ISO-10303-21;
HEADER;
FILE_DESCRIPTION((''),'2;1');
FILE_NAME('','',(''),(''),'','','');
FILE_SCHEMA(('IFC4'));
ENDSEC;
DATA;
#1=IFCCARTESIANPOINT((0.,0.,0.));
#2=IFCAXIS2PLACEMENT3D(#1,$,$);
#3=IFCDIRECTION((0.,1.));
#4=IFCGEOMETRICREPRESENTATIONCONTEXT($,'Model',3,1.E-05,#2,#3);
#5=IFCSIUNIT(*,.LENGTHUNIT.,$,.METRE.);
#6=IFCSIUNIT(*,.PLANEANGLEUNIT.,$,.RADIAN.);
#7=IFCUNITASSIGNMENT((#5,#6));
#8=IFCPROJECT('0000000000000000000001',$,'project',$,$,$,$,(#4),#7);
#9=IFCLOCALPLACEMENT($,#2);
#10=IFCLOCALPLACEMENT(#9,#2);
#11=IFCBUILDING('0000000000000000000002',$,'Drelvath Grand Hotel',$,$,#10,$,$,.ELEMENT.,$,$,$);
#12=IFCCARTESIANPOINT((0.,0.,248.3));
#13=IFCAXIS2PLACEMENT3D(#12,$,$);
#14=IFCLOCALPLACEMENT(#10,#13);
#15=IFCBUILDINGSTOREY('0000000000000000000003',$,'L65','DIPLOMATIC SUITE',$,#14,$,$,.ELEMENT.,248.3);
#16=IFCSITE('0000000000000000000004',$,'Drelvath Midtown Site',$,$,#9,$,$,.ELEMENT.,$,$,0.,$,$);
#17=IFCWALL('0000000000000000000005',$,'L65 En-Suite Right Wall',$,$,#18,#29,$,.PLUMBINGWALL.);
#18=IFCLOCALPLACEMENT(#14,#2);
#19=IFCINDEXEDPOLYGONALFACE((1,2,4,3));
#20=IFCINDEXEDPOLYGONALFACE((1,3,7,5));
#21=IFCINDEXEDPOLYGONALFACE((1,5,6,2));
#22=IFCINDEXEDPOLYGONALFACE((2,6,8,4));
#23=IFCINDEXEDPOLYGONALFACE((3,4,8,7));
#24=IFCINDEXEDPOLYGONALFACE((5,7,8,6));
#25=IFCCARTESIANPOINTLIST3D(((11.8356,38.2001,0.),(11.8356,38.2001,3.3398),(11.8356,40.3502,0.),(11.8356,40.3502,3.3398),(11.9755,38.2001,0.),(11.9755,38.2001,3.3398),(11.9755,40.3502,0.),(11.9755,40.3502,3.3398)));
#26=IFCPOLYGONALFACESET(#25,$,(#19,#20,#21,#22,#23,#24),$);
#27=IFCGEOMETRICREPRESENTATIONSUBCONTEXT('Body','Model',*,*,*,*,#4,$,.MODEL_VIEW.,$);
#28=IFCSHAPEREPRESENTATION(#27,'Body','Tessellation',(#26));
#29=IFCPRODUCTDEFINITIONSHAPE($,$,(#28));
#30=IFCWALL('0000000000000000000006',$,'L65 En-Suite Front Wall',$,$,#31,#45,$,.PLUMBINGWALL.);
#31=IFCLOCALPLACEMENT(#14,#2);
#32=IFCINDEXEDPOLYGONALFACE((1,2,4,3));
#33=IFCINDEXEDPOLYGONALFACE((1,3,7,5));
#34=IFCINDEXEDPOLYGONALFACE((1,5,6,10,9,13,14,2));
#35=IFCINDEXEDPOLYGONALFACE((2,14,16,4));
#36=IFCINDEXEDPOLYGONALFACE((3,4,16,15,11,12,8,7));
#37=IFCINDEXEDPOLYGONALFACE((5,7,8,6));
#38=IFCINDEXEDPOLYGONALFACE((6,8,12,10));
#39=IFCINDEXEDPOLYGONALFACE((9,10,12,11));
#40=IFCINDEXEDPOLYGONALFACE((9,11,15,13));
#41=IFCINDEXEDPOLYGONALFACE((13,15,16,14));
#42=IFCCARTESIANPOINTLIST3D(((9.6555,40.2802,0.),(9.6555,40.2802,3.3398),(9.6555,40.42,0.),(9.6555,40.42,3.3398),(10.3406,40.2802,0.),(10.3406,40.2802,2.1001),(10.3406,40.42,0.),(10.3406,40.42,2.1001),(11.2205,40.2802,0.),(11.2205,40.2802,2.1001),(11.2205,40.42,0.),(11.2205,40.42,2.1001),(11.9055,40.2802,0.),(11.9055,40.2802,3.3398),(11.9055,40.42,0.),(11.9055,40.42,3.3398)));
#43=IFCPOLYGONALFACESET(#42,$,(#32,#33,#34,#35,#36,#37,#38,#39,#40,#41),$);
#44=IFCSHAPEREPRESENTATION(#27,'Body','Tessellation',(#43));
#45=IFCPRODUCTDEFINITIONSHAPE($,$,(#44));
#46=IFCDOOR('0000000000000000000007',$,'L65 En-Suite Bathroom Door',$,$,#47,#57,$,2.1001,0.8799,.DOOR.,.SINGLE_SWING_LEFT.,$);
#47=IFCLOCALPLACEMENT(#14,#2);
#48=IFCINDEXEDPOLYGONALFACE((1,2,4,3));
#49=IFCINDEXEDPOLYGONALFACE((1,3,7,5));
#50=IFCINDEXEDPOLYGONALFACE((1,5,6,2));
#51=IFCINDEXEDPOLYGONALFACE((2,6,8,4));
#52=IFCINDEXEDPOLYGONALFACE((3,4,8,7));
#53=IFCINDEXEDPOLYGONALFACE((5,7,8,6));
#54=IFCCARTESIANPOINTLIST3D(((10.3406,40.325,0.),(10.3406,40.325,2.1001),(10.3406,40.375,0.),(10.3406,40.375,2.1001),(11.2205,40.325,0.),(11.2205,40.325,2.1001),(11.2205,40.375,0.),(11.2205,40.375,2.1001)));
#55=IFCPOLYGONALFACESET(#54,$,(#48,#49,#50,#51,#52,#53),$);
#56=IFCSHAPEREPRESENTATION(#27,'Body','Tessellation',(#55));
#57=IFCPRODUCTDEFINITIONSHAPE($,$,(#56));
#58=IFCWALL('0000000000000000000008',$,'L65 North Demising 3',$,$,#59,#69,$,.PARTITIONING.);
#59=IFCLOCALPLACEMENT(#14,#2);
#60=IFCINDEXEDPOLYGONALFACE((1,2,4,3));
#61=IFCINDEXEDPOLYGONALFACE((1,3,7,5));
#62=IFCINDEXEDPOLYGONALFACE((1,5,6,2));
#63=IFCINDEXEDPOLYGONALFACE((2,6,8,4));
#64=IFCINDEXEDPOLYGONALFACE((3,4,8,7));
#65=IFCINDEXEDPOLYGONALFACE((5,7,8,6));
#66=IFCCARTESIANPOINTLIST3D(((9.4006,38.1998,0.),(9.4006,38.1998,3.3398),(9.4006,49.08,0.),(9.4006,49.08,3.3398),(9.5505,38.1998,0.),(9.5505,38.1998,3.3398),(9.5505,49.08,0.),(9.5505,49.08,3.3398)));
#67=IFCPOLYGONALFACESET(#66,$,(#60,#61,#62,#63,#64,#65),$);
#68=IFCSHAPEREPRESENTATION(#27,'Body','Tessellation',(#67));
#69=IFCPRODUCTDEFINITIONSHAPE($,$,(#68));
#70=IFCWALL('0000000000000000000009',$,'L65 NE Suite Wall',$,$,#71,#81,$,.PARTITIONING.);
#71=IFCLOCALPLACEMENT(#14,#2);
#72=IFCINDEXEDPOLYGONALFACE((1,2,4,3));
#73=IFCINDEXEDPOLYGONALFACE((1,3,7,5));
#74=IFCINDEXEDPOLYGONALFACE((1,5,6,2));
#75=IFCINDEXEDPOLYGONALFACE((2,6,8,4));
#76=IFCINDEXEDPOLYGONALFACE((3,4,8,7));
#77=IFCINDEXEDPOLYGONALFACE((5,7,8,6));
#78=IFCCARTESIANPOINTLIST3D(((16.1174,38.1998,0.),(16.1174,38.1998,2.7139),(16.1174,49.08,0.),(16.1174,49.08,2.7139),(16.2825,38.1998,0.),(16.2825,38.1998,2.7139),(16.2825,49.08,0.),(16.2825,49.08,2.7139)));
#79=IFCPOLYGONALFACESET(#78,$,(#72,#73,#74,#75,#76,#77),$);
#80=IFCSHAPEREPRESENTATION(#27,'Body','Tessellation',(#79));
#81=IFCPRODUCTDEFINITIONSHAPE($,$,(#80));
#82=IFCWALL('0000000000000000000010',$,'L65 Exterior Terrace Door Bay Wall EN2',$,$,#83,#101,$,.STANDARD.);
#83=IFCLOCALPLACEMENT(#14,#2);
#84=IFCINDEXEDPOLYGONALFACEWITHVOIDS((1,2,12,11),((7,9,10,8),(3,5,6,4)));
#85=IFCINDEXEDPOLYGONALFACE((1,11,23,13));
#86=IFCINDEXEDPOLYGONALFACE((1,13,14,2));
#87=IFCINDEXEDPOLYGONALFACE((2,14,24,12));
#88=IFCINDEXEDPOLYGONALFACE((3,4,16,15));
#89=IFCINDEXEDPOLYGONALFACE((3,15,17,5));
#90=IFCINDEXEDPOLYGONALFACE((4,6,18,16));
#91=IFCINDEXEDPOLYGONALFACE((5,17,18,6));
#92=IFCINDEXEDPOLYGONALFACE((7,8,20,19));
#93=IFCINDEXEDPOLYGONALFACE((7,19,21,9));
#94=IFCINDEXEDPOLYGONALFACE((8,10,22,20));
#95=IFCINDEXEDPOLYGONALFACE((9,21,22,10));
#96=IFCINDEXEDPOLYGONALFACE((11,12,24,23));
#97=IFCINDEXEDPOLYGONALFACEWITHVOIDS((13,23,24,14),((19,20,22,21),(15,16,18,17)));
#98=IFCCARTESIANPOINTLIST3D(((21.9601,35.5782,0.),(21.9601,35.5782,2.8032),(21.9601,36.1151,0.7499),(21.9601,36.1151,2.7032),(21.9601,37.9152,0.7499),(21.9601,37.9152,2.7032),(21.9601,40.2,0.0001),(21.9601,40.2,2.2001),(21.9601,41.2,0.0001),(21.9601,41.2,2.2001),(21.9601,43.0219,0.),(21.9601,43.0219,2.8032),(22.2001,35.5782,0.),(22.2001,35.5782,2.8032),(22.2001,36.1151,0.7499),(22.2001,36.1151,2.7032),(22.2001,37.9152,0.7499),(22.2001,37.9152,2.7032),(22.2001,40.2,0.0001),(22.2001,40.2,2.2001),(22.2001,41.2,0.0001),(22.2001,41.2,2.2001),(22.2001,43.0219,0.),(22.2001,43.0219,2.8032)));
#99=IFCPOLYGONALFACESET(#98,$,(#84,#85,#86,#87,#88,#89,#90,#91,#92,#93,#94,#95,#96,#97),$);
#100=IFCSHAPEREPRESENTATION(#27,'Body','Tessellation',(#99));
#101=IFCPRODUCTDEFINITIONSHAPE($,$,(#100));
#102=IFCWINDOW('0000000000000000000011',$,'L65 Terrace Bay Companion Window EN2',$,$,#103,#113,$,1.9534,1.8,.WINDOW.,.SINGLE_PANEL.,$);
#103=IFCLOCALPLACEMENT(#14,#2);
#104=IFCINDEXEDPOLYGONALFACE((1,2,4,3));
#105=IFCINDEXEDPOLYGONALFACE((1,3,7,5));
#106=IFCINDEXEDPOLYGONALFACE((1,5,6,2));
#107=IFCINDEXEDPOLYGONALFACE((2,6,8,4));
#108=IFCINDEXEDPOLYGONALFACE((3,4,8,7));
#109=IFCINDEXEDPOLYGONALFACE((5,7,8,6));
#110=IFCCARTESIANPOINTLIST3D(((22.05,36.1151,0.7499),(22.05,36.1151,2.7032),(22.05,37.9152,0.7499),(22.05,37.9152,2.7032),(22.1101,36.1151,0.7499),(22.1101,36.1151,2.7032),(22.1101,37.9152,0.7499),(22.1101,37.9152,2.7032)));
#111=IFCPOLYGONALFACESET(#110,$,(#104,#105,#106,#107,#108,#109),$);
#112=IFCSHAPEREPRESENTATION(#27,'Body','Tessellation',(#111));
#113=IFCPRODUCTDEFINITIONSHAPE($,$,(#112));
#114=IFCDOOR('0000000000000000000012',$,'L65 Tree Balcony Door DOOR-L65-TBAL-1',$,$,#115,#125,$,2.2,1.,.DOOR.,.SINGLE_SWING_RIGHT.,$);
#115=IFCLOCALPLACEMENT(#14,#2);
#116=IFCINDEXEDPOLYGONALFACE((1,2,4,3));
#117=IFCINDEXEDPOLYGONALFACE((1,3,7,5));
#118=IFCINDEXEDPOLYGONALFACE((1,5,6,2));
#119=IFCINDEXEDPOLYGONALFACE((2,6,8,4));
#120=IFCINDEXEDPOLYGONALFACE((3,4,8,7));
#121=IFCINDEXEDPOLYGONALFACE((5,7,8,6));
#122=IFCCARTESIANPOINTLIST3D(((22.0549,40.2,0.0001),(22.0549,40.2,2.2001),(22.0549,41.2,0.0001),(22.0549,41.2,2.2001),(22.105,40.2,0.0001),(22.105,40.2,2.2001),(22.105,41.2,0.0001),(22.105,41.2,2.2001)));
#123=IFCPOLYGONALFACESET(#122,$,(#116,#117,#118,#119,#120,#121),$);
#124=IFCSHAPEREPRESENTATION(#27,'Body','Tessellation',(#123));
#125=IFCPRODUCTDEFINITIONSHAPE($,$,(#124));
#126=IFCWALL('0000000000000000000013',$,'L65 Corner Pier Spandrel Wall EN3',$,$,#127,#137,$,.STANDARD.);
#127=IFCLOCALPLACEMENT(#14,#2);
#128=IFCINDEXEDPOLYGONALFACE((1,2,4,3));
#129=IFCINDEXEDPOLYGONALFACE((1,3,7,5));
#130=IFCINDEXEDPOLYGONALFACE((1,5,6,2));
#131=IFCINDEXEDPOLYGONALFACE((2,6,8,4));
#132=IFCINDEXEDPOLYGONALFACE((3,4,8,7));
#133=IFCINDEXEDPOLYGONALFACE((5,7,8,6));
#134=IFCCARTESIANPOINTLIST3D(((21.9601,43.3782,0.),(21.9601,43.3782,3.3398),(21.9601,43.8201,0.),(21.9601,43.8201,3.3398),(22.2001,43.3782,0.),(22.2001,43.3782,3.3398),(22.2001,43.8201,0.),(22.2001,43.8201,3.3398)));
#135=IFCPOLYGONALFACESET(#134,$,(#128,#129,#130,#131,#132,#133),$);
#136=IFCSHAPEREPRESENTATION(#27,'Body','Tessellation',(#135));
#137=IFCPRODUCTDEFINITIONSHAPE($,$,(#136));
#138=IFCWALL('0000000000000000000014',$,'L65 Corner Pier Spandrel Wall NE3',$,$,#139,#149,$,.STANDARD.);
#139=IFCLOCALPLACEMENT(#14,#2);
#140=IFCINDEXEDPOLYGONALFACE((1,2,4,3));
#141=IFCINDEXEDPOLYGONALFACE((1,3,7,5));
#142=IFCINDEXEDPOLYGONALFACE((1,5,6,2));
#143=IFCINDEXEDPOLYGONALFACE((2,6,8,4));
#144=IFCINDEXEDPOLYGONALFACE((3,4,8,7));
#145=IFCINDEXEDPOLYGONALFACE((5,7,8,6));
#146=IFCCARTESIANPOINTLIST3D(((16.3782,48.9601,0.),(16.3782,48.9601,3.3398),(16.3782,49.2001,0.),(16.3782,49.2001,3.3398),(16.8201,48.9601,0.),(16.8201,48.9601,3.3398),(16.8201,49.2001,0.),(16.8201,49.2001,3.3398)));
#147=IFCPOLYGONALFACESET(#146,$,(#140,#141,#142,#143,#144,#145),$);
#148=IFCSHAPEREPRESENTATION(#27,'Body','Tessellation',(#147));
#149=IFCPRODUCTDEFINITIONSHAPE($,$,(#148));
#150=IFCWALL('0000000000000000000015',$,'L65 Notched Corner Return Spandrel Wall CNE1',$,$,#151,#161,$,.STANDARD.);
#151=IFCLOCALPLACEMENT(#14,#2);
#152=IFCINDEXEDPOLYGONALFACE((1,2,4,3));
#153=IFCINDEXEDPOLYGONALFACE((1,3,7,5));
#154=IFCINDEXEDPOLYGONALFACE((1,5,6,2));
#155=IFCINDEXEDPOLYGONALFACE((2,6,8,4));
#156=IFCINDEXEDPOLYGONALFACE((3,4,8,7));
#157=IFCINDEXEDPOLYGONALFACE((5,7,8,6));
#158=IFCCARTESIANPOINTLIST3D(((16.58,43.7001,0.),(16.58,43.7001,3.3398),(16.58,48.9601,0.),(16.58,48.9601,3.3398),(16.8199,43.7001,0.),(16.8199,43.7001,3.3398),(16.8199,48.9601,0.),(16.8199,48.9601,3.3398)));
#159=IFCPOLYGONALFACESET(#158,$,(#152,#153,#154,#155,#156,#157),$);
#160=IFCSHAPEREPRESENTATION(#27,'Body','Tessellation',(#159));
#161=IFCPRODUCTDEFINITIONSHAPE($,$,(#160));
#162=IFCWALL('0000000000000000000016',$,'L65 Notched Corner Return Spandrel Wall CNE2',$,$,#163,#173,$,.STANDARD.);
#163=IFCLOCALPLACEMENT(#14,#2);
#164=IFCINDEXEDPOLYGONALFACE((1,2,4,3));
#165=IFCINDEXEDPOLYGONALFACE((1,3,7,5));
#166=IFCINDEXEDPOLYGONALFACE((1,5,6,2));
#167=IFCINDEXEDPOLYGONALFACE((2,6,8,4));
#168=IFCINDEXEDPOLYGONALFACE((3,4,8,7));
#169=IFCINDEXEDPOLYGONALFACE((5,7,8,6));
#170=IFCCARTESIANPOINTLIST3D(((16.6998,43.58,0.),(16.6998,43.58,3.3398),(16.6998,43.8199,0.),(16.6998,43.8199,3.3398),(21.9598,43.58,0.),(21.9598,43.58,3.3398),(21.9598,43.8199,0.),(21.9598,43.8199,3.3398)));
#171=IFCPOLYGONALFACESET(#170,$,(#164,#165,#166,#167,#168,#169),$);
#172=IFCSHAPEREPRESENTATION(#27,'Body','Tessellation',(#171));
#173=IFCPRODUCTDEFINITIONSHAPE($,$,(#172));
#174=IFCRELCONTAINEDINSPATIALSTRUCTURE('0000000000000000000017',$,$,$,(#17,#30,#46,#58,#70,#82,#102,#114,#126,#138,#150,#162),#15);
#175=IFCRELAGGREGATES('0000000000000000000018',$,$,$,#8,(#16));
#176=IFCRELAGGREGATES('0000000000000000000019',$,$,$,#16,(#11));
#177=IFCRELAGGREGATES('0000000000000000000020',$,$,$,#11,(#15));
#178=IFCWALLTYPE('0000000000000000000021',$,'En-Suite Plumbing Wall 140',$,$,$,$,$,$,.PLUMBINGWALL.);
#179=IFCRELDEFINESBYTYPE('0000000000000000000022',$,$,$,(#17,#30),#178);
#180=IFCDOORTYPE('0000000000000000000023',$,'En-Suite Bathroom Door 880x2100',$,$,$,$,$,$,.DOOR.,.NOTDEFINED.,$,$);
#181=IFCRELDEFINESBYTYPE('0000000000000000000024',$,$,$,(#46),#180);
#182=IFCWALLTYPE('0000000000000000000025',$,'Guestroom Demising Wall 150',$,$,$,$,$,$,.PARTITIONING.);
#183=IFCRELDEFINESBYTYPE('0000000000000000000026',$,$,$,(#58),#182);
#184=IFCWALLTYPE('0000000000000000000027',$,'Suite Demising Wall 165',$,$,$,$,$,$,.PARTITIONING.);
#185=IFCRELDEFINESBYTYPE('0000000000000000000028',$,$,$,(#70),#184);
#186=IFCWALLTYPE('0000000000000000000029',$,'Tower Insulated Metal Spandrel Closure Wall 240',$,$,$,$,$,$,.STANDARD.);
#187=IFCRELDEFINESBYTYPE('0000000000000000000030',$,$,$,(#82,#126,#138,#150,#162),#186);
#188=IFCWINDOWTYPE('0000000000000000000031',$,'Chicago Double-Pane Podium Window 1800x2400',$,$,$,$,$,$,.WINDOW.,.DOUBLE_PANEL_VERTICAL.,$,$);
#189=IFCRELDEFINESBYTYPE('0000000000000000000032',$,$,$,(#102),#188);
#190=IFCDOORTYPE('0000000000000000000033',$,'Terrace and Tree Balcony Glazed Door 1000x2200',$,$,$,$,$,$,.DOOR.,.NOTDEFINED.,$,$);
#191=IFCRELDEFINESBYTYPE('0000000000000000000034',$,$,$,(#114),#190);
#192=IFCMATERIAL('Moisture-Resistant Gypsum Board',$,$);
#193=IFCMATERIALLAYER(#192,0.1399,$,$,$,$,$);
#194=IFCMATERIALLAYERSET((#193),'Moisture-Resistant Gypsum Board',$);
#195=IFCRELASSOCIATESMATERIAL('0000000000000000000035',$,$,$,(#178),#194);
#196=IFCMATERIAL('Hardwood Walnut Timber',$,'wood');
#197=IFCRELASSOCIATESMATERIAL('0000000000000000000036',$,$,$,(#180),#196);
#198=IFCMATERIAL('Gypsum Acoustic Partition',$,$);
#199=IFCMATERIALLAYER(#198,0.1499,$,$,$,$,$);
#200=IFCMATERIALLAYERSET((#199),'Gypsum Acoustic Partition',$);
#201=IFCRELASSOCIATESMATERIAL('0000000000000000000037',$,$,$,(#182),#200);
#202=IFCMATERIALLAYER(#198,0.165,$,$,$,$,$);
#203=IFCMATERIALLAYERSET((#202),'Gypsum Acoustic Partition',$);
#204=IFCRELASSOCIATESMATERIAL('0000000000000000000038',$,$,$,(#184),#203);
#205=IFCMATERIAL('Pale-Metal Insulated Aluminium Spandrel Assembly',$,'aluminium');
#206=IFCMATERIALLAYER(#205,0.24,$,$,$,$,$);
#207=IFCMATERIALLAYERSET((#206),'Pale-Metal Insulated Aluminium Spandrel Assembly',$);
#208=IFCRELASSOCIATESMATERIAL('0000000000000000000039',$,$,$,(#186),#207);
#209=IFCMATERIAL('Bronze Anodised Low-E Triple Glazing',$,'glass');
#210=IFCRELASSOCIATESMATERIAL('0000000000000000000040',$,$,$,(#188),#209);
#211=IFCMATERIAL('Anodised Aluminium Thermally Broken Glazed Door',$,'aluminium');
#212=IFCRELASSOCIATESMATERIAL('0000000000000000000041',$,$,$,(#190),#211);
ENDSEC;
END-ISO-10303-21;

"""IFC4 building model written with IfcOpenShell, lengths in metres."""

from ifc_helpers import new_model, si_unit, direction, frame, frame_2d, origin, place, context, subcontext, project, spatial, rectangle, extrude, material, layer, layer_set, type_object, element, fill, save


model = new_model("IFC4")

# Units and contexts
model_context = context("Model", 3, precision=1e-05, world=origin(), true_north=direction((0.0, 1.0)))
body_context = subcontext(model_context, "Body", "Model", "MODEL_VIEW")
ifc_project = project(units=[si_unit("LENGTHUNIT", "METRE"), si_unit("PLANEANGLEUNIT", "RADIAN")], contexts=[model_context])

# Site, building, storey
site_placement = place(None, origin())
site = spatial("IfcSite", under=ifc_project, at=site_placement, Name="Drelvath Midtown Site", CompositionType="ELEMENT", RefElevation=0.0)
building_placement = place(site_placement, origin())
building = spatial("IfcBuilding", under=site, at=building_placement, Name="Drelvath Grand Hotel", CompositionType="ELEMENT")
storey_placement = place(building_placement, frame((0.0, 0.0, 248.3)))
storey = spatial("IfcBuildingStorey", under=building, at=storey_placement, Name="L65", Description="DIPLOMATIC SUITE", CompositionType="ELEMENT", Elevation=248.3)

# Shared definitions
ifc_material_1 = material(Name="Moisture-Resistant Gypsum Board")
ifc_layer_1 = layer(ifc_material_1, 0.1399)
ifc_layer_set_1 = layer_set([ifc_layer_1], Name="Moisture-Resistant Gypsum Board")
wall_type_1 = type_object("IfcWallType", Name="En-Suite Plumbing Wall 140", PredefinedType="PLUMBINGWALL", material=ifc_layer_set_1)

# Shared definitions
ifc_material_2 = material(Name="Hardwood Walnut Timber", Category="wood")
door_type_1 = type_object("IfcDoorType", Name="En-Suite Bathroom Door 880x2100", OperationType="NOTDEFINED", PredefinedType="DOOR", material=ifc_material_2)

# Wall
for number, where, z_axis, x_axis, name in (
    (1, (11.9055, 38.2, 0.0), (0.0, 0.0, 1.0), (0.0, 1.0, 0.0), "L65 En-Suite Right Wall"),
):
    element("IfcWall", number, at=place(storey_placement, frame(where, z_axis=z_axis, x_axis=x_axis)), inside=storey, type_object=wall_type_1, Name=name, PredefinedType="PLUMBINGWALL", context=body_context, shape_type="SweptSolid", body=[
        extrude(rectangle(XDim=2.1501, YDim=0.1399, at=frame_2d((1.0752, 0.0))), origin(), (0.0, 0.0, 1.0), 3.3398),
    ])

# Wall, opening, door
wall_1_placement = place(storey_placement, frame((9.6555, 40.3501, 0.0), z_axis=(0.0, 0.0, 1.0), x_axis=(1.0, 0.0, 0.0)))
wall_1 = element("IfcWall", 2, at=wall_1_placement, inside=storey, type_object=wall_type_1, Name="L65 En-Suite Front Wall", PredefinedType="PLUMBINGWALL", context=body_context, shape_type="SweptSolid", body=[
    extrude(rectangle(XDim=2.25, YDim=0.1399, at=frame_2d((1.125, 0.0))), origin(), (0.0, 0.0, 1.0), 3.3398),
])
opening_1_placement = place(wall_1_placement, frame((0.6851, 0.0, 0.0)))
opening_1 = element("IfcOpeningElement", 3, at=opening_1_placement, cuts=wall_1, PredefinedType="OPENING", context=body_context, shape_type="SweptSolid", body=[
    extrude(rectangle(XDim=0.8799, YDim=2.1001, at=frame_2d((0.4399, 1.05))), frame((0.0, 0.0798, 0.0), z_axis=(0.0, -1.0, 0.0), x_axis=(1.0, 0.0, 0.0)), (0.0, 0.0, 1.0), 0.1599),
])
door_1_placement = place(opening_1_placement, origin())
door_1 = element("IfcDoor", 4, at=door_1_placement, inside=storey, type_object=door_type_1, Name="L65 En-Suite Bathroom Door", OperationType="SINGLE_SWING_LEFT", OverallHeight=2.1001, OverallWidth=0.8799, PredefinedType="DOOR", context=body_context, shape_type="SweptSolid", body=[
    extrude(rectangle(XDim=0.8799, YDim=2.1001, at=frame_2d((0.4399, 1.05))), frame((0.0, 0.0249, 0.0), z_axis=(0.0, -1.0, 0.0), x_axis=(1.0, 0.0, 0.0)), (0.0, 0.0, 1.0), 0.05),
])
fill(opening_1, door_1)

# Walls
ifc_material_3 = material(Name="Gypsum Acoustic Partition")
ifc_layer_2 = layer(ifc_material_3, 0.1499)
ifc_layer_set_2 = layer_set([ifc_layer_2], Name="Gypsum Acoustic Partition")
wall_type_2 = type_object("IfcWallType", Name="Guestroom Demising Wall 150", PredefinedType="PARTITIONING", material=ifc_layer_set_2)
wall_2_placement = place(storey_placement, frame((9.4756, 38.2, 0.0), z_axis=(0.0, 0.0, 1.0), x_axis=(0.0, 1.0, 0.0)))
element("IfcWall", 5, at=wall_2_placement, inside=storey, type_object=wall_type_2, Name="L65 North Demising 3", PredefinedType="PARTITIONING", context=body_context, shape_type="SweptSolid", body=[
    extrude(rectangle(XDim=10.8801, YDim=0.1499, at=frame_2d((5.4399, 0.0))), origin(), (0.0, 0.0, 1.0), 3.3398),
])
ifc_layer_3 = layer(ifc_material_3, 0.165)
ifc_layer_set_3 = layer_set([ifc_layer_3], Name="Gypsum Acoustic Partition")
wall_type_3 = type_object("IfcWallType", Name="Suite Demising Wall 165", PredefinedType="PARTITIONING", material=ifc_layer_set_3)
wall_3_placement = place(storey_placement, frame((16.2, 38.2, 0.0), z_axis=(0.0, 0.0, 1.0), x_axis=(0.0, 1.0, 0.0)))
element("IfcWall", 6, at=wall_3_placement, inside=storey, type_object=wall_type_3, Name="L65 NE Suite Wall", PredefinedType="PARTITIONING", context=body_context, shape_type="SweptSolid", body=[
    extrude(rectangle(XDim=10.8801, YDim=0.165, at=frame_2d((5.4399, 0.0))), origin(), (0.0, 0.0, 1.0), 2.7139),
])

# Wall, openings, window, door
ifc_material_4 = material(Name="Pale-Metal Insulated Aluminium Spandrel Assembly", Category="aluminium")
ifc_layer_4 = layer(ifc_material_4, 0.24)
ifc_layer_set_4 = layer_set([ifc_layer_4], Name="Pale-Metal Insulated Aluminium Spandrel Assembly")
wall_type_4 = type_object("IfcWallType", Name="Tower Insulated Metal Spandrel Closure Wall 240", PredefinedType="STANDARD", material=ifc_layer_set_4)
wall_4_placement = place(storey_placement, frame((22.0801, 43.0217, 0.0), z_axis=(0.0, 0.0, 1.0), x_axis=(0.0, -1.0, 0.0)))
wall_4 = element("IfcWall", 7, at=wall_4_placement, inside=storey, type_object=wall_type_4, Name="L65 Exterior Terrace Door Bay Wall EN2", PredefinedType="STANDARD", context=body_context, shape_type="SweptSolid", body=[
    extrude(rectangle(XDim=7.4436, YDim=0.24, at=frame_2d((3.7217, 0.0))), origin(), (0.0, 0.0, 1.0), 2.8032),
])
opening_2_placement = place(wall_4_placement, frame((1.8218, 0.0, 0.0)))
opening_2 = element("IfcOpeningElement", 8, at=opening_2_placement, cuts=wall_4, PredefinedType="OPENING", context=body_context, shape_type="SweptSolid", body=[
    extrude(rectangle(XDim=1.0, YDim=2.2, at=frame_2d((0.5, 1.1001))), frame((0.0, 0.1299, 0.0), z_axis=(0.0, -1.0, 0.0), x_axis=(1.0, 0.0, 0.0)), (0.0, 0.0, 1.0), 0.26),
])
opening_3_placement = place(wall_4_placement, frame((5.1067, 0.0, 0.75)))
opening_3 = element("IfcOpeningElement", 9, at=opening_3_placement, cuts=wall_4, PredefinedType="OPENING", context=body_context, shape_type="SweptSolid", body=[
    extrude(rectangle(XDim=1.8, YDim=1.9534, at=frame_2d((0.8999, 0.9766))), frame((0.0, 0.1299, 0.0), z_axis=(0.0, -1.0, 0.0), x_axis=(1.0, 0.0, 0.0)), (0.0, 0.0, 1.0), 0.26),
])
ifc_material_5 = material(Name="Bronze Anodised Low-E Triple Glazing", Category="glass")
window_type = type_object("IfcWindowType", Name="Chicago Double-Pane Podium Window 1800x2400", PartitioningType="DOUBLE_PANEL_VERTICAL", PredefinedType="WINDOW", material=ifc_material_5)
window_placement = place(opening_3_placement, origin())
window = element("IfcWindow", 10, at=window_placement, inside=storey, type_object=window_type, Name="L65 Terrace Bay Companion Window EN2", OverallHeight=1.9534, OverallWidth=1.8, PartitioningType="SINGLE_PANEL", PredefinedType="WINDOW", context=body_context, shape_type="SweptSolid", body=[
    extrude(rectangle(XDim=1.8, YDim=1.9534, at=frame_2d((0.8999, 0.9766))), frame((0.0, 0.03, 0.0), z_axis=(0.0, -1.0, 0.0), x_axis=(1.0, 0.0, 0.0)), (0.0, 0.0, 1.0), 0.0601),
])
fill(opening_3, window)
ifc_material_6 = material(Name="Anodised Aluminium Thermally Broken Glazed Door", Category="aluminium")
door_type_2 = type_object("IfcDoorType", Name="Terrace and Tree Balcony Glazed Door 1000x2200", OperationType="NOTDEFINED", PredefinedType="DOOR", material=ifc_material_6)
door_2_placement = place(opening_2_placement, origin())
door_2 = element("IfcDoor", 11, at=door_2_placement, inside=storey, type_object=door_type_2, Name="L65 Tree Balcony Door DOOR-L65-TBAL-1", OperationType="SINGLE_SWING_RIGHT", OverallHeight=2.2, OverallWidth=1.0, PredefinedType="DOOR", context=body_context, shape_type="SweptSolid", body=[
    extrude(rectangle(XDim=1.0, YDim=2.2, at=frame_2d((0.5, 1.1001))), frame((0.0, 0.0249, 0.0), z_axis=(0.0, -1.0, 0.0), x_axis=(1.0, 0.0, 0.0)), (0.0, 0.0, 1.0), 0.05),
])
fill(opening_2, door_2)

# Walls
for number, where, z_axis, x_axis, name in (
    (12, (22.0801, 43.8201, 0.0), (0.0, 0.0, 1.0), (0.0, -1.0, 0.0), "L65 Corner Pier Spandrel Wall EN3"),
    (13, (16.3782, 49.0801, 0.0), (0.0, 0.0, 1.0), (1.0, 0.0, 0.0), "L65 Corner Pier Spandrel Wall NE3"),
):
    element("IfcWall", number, at=place(storey_placement, frame(where, z_axis=z_axis, x_axis=x_axis)), inside=storey, type_object=wall_type_4, Name=name, PredefinedType="STANDARD", context=body_context, shape_type="SweptSolid", body=[
        extrude(rectangle(XDim=0.4419, YDim=0.24, at=frame_2d((0.2209, 0.0))), origin(), (0.0, 0.0, 1.0), 3.3398),
    ])
for number, where, z_axis, x_axis, name in (
    (14, (16.7, 48.96, 0.0), (0.0, 0.0, 1.0), (0.0, -1.0, 0.0), "L65 Notched Corner Return Spandrel Wall CNE1"),
    (15, (16.7, 43.7, 0.0), (0.0, 0.0, 1.0), (1.0, 0.0, 0.0), "L65 Notched Corner Return Spandrel Wall CNE2"),
):
    element("IfcWall", number, at=place(storey_placement, frame(where, z_axis=z_axis, x_axis=x_axis)), inside=storey, type_object=wall_type_4, Name=name, PredefinedType="STANDARD", context=body_context, shape_type="SweptSolid", body=[
        extrude(rectangle(XDim=5.26, YDim=0.24, at=frame_2d((2.6299, 0.0))), origin(), (0.0, 0.0, 1.0), 3.3398),
    ])

save(model, "model.ifc")
